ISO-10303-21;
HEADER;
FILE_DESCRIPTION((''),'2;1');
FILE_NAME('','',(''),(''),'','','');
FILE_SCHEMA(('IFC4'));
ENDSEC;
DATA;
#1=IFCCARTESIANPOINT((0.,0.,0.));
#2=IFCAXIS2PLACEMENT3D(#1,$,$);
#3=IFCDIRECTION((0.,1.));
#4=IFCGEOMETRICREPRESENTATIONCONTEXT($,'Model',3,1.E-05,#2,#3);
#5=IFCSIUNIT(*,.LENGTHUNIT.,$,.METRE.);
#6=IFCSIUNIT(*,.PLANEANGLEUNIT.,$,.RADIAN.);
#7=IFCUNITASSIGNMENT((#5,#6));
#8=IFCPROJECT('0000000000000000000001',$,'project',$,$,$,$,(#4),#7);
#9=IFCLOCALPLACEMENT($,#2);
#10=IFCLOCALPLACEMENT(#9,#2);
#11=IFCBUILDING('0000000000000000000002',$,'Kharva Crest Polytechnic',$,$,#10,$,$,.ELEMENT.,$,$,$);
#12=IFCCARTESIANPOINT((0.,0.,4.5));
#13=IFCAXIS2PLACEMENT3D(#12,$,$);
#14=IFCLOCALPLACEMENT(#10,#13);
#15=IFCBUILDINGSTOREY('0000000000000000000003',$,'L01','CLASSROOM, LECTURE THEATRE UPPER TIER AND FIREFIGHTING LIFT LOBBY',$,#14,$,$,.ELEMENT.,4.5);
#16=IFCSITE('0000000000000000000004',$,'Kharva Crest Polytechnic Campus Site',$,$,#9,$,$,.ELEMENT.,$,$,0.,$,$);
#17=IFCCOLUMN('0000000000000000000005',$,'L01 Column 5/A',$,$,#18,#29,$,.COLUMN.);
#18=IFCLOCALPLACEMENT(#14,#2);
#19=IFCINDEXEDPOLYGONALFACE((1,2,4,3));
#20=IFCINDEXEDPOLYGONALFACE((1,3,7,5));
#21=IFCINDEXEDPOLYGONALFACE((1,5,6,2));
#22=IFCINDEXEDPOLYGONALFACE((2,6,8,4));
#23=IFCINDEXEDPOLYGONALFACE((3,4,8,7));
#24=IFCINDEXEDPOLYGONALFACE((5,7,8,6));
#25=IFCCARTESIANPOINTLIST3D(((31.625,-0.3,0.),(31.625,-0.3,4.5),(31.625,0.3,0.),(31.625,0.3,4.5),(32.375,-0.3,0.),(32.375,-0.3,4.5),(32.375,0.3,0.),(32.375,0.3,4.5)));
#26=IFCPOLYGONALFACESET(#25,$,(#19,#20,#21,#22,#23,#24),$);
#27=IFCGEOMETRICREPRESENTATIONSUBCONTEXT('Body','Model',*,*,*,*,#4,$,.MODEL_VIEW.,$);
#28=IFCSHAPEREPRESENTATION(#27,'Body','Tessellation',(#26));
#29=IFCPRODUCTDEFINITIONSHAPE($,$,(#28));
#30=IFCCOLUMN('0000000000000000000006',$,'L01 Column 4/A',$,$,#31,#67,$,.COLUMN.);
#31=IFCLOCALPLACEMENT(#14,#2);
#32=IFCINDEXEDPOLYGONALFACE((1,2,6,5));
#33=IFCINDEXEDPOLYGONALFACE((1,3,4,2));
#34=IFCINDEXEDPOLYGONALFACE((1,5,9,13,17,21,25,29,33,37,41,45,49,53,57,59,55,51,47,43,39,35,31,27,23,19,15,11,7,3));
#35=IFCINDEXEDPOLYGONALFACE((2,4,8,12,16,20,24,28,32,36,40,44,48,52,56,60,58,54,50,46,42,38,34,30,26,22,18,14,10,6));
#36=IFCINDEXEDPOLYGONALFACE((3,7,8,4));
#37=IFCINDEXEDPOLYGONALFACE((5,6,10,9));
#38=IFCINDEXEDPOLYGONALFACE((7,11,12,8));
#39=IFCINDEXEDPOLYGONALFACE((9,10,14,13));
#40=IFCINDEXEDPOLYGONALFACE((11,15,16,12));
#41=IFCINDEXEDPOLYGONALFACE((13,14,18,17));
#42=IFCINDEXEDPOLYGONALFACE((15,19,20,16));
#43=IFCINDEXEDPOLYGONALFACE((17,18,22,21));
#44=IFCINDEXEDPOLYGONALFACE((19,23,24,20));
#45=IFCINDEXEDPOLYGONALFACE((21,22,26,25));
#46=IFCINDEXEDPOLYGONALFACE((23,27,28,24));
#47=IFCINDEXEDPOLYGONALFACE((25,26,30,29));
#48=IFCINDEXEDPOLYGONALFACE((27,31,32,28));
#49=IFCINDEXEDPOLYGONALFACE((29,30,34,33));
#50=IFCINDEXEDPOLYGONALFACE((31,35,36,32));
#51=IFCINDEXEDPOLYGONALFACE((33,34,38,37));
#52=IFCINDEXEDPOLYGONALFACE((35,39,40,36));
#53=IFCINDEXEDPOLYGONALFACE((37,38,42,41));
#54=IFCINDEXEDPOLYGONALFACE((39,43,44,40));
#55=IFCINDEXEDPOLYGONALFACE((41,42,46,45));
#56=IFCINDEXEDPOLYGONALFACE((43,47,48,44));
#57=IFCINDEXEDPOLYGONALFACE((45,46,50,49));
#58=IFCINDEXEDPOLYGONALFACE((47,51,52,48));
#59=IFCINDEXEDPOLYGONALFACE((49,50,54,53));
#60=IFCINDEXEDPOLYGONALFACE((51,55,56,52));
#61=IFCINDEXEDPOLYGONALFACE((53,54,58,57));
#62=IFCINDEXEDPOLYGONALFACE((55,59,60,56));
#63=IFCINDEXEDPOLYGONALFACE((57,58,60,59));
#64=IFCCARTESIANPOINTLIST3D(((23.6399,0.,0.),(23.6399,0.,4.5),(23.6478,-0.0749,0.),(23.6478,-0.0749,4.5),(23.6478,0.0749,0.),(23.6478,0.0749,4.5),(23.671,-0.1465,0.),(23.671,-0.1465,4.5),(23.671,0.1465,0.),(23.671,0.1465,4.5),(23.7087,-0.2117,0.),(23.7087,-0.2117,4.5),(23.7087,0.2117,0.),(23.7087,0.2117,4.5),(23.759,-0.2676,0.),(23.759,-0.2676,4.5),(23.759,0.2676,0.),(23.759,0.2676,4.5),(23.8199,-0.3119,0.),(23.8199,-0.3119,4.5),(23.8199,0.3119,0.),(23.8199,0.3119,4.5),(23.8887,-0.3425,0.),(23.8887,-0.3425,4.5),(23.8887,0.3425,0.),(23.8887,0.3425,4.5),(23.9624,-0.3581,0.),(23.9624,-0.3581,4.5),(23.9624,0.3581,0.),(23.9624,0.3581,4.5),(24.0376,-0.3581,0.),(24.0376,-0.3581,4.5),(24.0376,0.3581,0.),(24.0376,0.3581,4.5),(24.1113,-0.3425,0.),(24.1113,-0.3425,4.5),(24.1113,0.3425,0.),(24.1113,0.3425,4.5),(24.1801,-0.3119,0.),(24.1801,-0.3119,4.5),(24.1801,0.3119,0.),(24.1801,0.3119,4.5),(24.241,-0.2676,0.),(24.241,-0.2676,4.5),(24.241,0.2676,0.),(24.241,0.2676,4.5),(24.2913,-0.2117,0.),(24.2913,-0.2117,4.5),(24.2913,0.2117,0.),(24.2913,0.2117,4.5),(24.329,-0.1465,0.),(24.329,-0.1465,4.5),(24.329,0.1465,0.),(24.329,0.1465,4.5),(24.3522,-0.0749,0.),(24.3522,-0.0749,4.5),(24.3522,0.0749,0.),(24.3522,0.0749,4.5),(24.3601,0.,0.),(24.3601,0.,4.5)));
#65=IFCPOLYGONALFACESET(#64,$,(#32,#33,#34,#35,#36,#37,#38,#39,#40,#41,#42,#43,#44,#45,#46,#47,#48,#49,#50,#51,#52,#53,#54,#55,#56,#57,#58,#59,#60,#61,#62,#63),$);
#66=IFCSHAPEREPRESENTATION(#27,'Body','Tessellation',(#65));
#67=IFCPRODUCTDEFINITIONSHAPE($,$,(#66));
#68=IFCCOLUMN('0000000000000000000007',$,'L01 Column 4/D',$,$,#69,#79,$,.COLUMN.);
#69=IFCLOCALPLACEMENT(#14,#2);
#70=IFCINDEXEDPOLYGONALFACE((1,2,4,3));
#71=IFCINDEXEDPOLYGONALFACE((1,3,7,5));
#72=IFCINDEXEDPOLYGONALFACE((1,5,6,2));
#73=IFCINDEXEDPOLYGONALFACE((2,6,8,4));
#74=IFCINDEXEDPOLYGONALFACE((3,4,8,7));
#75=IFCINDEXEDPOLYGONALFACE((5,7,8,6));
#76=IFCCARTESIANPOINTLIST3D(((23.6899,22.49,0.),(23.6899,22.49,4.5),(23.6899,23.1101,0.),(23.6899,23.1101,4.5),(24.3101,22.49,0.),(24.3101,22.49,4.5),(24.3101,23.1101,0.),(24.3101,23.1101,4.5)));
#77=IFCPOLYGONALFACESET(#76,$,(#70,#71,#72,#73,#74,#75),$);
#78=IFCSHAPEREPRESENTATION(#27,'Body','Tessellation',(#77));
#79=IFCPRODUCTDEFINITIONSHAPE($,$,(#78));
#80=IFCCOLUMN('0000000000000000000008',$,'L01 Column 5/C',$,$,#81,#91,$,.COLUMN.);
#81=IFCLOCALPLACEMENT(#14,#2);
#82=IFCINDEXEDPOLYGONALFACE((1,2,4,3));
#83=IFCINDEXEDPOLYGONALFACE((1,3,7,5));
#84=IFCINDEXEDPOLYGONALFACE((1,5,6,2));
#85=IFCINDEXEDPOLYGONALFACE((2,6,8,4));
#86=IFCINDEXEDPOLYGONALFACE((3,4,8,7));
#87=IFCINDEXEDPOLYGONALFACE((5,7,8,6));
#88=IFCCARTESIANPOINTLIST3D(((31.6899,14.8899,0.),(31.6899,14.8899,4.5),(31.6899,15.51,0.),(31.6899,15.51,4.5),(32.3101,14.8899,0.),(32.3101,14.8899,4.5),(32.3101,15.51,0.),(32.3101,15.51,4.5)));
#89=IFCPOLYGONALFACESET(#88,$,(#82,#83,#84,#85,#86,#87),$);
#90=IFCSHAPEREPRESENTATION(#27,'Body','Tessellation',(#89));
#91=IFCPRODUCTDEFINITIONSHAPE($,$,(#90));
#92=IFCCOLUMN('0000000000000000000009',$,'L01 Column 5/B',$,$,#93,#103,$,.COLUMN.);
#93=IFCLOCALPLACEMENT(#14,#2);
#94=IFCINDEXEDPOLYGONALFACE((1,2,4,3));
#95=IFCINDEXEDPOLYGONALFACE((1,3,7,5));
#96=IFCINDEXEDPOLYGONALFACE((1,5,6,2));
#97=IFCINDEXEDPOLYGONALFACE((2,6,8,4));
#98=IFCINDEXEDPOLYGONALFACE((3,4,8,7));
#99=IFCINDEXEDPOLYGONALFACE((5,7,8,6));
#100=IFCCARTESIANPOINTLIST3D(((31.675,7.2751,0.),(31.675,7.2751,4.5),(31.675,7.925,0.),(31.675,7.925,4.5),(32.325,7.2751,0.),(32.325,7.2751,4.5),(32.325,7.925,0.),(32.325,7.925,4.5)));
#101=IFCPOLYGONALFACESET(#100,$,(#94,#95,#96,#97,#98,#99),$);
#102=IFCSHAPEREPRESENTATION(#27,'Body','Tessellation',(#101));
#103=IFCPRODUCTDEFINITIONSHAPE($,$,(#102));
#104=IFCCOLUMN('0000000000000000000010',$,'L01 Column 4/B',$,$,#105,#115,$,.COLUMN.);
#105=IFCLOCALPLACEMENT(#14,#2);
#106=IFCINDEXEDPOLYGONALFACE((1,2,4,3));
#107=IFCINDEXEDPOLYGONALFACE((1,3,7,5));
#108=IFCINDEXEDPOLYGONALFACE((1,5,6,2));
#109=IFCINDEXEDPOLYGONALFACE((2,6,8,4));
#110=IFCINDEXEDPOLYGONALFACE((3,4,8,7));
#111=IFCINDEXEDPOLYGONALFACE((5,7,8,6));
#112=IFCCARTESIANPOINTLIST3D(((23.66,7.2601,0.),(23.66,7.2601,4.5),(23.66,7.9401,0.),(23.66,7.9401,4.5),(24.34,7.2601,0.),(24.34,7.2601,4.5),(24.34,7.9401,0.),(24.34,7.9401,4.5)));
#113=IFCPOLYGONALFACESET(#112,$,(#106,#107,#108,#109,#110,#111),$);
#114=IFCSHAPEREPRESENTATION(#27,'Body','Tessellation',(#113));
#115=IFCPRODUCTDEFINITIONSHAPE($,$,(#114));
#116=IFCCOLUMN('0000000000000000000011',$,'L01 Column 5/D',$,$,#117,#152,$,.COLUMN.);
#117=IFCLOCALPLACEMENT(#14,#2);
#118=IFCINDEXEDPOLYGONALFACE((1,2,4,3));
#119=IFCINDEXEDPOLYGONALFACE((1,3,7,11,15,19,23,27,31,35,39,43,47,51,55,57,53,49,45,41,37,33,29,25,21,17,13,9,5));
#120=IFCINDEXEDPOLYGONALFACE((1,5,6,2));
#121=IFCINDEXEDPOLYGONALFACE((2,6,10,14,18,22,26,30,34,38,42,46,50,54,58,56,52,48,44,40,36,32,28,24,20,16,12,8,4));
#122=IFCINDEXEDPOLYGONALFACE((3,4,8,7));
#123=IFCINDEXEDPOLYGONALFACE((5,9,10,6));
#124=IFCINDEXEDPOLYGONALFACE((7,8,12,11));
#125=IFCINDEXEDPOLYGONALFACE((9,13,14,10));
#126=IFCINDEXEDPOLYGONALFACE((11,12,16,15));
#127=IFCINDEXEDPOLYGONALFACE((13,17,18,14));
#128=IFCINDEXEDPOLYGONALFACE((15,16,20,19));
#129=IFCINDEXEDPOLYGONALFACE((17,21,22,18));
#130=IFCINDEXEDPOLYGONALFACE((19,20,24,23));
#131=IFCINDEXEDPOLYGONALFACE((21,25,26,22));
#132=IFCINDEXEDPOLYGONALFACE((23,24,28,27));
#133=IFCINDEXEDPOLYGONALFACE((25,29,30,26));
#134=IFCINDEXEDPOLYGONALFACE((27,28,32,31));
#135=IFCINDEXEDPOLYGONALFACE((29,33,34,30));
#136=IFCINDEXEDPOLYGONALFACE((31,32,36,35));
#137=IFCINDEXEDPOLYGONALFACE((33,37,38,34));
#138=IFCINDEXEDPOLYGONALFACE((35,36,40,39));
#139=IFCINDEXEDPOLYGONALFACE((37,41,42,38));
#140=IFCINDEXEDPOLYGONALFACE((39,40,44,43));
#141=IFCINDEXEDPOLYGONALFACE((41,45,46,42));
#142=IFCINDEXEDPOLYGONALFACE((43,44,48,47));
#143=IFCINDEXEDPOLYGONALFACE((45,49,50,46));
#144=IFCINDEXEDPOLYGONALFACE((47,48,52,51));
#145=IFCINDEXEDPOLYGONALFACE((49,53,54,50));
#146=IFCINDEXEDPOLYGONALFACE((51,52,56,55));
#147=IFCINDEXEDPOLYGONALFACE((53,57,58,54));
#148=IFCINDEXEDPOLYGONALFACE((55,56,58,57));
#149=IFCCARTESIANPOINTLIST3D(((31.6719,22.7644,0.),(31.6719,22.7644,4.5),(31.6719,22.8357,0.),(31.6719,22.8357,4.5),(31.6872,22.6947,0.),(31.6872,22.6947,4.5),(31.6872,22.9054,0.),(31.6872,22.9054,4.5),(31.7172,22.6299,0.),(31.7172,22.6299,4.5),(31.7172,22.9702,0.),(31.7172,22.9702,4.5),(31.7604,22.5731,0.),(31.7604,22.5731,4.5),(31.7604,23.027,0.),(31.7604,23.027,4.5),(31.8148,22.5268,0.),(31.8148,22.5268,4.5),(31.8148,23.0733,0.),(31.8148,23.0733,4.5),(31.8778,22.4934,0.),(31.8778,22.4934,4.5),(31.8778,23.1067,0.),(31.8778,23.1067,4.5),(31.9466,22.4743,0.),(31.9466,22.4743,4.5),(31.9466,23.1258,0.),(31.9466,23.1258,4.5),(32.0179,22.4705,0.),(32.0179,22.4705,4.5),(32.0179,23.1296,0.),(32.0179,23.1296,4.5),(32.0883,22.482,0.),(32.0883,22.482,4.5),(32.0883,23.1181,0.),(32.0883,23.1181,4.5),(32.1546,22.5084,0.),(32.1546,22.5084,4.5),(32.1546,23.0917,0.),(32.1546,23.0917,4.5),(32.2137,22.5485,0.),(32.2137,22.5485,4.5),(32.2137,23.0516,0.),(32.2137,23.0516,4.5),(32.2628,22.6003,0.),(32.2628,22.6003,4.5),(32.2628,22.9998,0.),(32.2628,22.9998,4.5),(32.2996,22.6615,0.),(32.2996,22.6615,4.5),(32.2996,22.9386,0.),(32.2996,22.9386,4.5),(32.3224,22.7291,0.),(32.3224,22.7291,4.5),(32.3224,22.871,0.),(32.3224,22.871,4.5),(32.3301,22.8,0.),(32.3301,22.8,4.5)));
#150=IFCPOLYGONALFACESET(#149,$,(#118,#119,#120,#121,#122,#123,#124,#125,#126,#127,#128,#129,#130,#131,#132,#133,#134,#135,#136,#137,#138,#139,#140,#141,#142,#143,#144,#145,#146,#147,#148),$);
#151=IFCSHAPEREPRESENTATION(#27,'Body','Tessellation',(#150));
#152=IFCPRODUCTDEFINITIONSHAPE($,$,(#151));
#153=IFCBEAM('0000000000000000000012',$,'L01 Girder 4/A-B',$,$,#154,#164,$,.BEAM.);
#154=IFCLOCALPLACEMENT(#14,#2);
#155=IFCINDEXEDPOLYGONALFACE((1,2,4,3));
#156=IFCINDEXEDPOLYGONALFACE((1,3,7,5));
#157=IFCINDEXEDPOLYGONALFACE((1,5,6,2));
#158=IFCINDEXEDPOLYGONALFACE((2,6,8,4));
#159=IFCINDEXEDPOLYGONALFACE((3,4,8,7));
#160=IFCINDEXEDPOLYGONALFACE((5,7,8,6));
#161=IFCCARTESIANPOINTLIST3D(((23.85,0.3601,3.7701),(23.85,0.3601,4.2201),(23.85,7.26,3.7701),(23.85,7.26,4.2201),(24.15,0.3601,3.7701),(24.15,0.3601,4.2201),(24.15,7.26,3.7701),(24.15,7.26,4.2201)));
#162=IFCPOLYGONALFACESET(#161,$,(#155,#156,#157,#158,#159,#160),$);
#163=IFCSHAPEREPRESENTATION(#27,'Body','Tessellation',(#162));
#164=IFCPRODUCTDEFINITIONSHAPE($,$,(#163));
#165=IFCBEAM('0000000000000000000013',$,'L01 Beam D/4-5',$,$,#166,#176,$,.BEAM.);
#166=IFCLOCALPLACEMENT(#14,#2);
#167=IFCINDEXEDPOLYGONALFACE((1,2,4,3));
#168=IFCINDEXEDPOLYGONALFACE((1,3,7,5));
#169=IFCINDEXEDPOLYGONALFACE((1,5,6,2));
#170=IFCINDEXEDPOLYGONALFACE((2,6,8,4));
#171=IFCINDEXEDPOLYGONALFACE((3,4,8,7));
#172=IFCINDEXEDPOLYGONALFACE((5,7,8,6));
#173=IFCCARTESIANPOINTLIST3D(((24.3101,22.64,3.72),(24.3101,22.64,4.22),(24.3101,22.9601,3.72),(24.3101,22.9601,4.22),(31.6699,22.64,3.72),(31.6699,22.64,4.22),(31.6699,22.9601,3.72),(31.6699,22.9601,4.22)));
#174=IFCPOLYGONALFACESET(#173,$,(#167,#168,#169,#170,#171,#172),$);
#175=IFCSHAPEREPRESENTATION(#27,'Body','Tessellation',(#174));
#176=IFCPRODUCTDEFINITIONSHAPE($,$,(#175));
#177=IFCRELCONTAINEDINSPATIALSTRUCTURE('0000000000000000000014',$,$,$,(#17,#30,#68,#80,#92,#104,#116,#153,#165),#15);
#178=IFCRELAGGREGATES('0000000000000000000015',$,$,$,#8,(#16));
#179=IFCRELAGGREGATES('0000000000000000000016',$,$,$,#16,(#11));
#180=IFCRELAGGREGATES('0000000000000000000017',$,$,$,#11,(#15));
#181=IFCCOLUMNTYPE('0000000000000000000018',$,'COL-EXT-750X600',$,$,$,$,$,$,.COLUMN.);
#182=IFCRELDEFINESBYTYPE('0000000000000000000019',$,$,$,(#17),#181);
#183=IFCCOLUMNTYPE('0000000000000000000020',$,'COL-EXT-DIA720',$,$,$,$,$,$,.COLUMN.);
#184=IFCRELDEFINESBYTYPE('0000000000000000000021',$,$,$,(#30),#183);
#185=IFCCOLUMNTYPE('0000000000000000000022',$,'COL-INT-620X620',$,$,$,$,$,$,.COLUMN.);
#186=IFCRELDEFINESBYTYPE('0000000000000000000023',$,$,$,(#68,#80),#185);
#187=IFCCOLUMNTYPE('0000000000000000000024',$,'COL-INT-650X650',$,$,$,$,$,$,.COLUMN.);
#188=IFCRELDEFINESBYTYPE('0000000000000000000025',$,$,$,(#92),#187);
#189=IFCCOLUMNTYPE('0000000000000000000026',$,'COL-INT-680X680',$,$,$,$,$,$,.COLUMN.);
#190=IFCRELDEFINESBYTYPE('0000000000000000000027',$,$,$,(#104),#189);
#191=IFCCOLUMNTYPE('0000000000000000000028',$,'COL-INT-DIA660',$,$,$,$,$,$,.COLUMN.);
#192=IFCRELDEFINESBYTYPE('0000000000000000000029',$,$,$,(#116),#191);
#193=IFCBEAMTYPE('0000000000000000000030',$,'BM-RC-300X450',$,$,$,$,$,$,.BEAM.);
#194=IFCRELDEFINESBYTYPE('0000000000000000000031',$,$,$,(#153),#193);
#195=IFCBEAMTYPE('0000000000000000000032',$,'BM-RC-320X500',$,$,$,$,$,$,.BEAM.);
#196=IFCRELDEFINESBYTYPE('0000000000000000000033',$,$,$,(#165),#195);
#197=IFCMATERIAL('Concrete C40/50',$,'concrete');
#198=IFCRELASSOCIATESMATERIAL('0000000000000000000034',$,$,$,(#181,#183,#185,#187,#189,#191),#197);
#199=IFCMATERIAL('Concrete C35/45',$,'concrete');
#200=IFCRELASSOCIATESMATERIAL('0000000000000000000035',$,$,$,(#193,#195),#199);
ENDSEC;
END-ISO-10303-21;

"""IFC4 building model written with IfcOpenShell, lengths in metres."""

from ifc_helpers import new_model, si_unit, direction, frame, origin, origin_2d, place, context, subcontext, project, spatial, rectangle, circle, extrude, material, material_profile, profile_set, type_object, element, save


model = new_model("IFC4")

# Units and contexts
model_context = context("Model", 3, precision=1e-05, world=origin(), true_north=direction((0.0, 1.0)))
body_context = subcontext(model_context, "Body", "Model", "MODEL_VIEW")
ifc_project = project(units=[si_unit("LENGTHUNIT", "METRE"), si_unit("PLANEANGLEUNIT", "RADIAN")], contexts=[model_context])

# Site, building, storey
site_placement = place(None, origin())
site = spatial("IfcSite", under=ifc_project, at=site_placement, Name="Kharva Crest Polytechnic Campus Site", CompositionType="ELEMENT", RefElevation=0.0)
building_placement = place(site_placement, origin())
building = spatial("IfcBuilding", under=site, at=building_placement, Name="Kharva Crest Polytechnic", CompositionType="ELEMENT")
storey_placement = place(building_placement, frame((0.0, 0.0, 4.5)))
storey = spatial("IfcBuildingStorey", under=building, at=storey_placement, Name="L01", Description="CLASSROOM, LECTURE THEATRE UPPER TIER AND FIREFIGHTING LIFT LOBBY", CompositionType="ELEMENT", Elevation=4.5)

# Columns
ifc_material_1 = material(Name="Concrete C40/50", Category="concrete")
ifc_material_profile_1 = material_profile(ifc_material_1, rectangle(XDim=0.75, YDim=0.6001, at=origin_2d()), Name="RECT 750 X 600")
ifc_profile_set_1 = profile_set([ifc_material_profile_1], Name="Concrete C40/50")
column_type_1 = type_object("IfcColumnType", Name="COL-EXT-750X600", PredefinedType="COLUMN", material=ifc_profile_set_1)
column_1_placement = place(storey_placement, frame((32.0, 0.0, 0.0), z_axis=(0.0, 0.0, 1.0), x_axis=(1.0, 0.0, 0.0)))
element("IfcColumn", 1, at=column_1_placement, inside=storey, type_object=column_type_1, Name="L01 Column 5/A", PredefinedType="COLUMN", context=body_context, shape_type="SweptSolid", body=[
    extrude(rectangle(XDim=0.75, YDim=0.6001, at=origin_2d()), origin(), (0.0, 0.0, 1.0), 4.5),
])
ifc_material_profile_2 = material_profile(ifc_material_1, circle(Radius=0.3601, at=origin_2d()), Name="DIA 720")
ifc_profile_set_2 = profile_set([ifc_material_profile_2], Name="Concrete C40/50")
column_type_2 = type_object("IfcColumnType", Name="COL-EXT-DIA720", PredefinedType="COLUMN", material=ifc_profile_set_2)
column_2_placement = place(storey_placement, frame((24.0, 0.0, 0.0), z_axis=(0.0, 0.0, 1.0), x_axis=(1.0, 0.0, 0.0)))
element("IfcColumn", 2, at=column_2_placement, inside=storey, type_object=column_type_2, Name="L01 Column 4/A", PredefinedType="COLUMN", context=body_context, shape_type="SweptSolid", body=[
    extrude(circle(Radius=0.3601, at=origin_2d()), origin(), (0.0, 0.0, 1.0), 4.5),
])
ifc_material_profile_3 = material_profile(ifc_material_1, rectangle(XDim=0.6201, YDim=0.6201, at=origin_2d()), Name="RECT 620 X 620")
ifc_profile_set_3 = profile_set([ifc_material_profile_3], Name="Concrete C40/50")
column_type_3 = type_object("IfcColumnType", Name="COL-INT-620X620", PredefinedType="COLUMN", material=ifc_profile_set_3)
for number, where, z_axis, x_axis, name in (
    (3, (24.0, 22.8, 0.0), (0.0, 0.0, 1.0), (1.0, 0.0, 0.0), "L01 Column 4/D"),
    (4, (32.0, 15.2, 0.0), (0.0, 0.0, 1.0), (1.0, 0.0, 0.0), "L01 Column 5/C"),
):
    element("IfcColumn", number, at=place(storey_placement, frame(where, z_axis=z_axis, x_axis=x_axis)), inside=storey, type_object=column_type_3, Name=name, PredefinedType="COLUMN", context=body_context, shape_type="SweptSolid", body=[
        extrude(rectangle(XDim=0.6201, YDim=0.6201, at=origin_2d()), origin(), (0.0, 0.0, 1.0), 4.5),
    ])
ifc_material_profile_4 = material_profile(ifc_material_1, rectangle(XDim=0.6499, YDim=0.6499, at=origin_2d()), Name="RECT 650 X 650")
ifc_profile_set_4 = profile_set([ifc_material_profile_4], Name="Concrete C40/50")
column_type_4 = type_object("IfcColumnType", Name="COL-INT-650X650", PredefinedType="COLUMN", material=ifc_profile_set_4)
column_3_placement = place(storey_placement, frame((32.0, 7.6001, 0.0), z_axis=(0.0, 0.0, 1.0), x_axis=(1.0, 0.0, 0.0)))
element("IfcColumn", 5, at=column_3_placement, inside=storey, type_object=column_type_4, Name="L01 Column 5/B", PredefinedType="COLUMN", context=body_context, shape_type="SweptSolid", body=[
    extrude(rectangle(XDim=0.6499, YDim=0.6499, at=origin_2d()), origin(), (0.0, 0.0, 1.0), 4.5),
])
ifc_material_profile_5 = material_profile(ifc_material_1, rectangle(XDim=0.6799, YDim=0.6799, at=origin_2d()), Name="RECT 680 X 680")
ifc_profile_set_5 = profile_set([ifc_material_profile_5], Name="Concrete C40/50")
column_type_5 = type_object("IfcColumnType", Name="COL-INT-680X680", PredefinedType="COLUMN", material=ifc_profile_set_5)
column_4_placement = place(storey_placement, frame((24.0, 7.6001, 0.0), z_axis=(0.0, 0.0, 1.0), x_axis=(1.0, 0.0, 0.0)))
element("IfcColumn", 6, at=column_4_placement, inside=storey, type_object=column_type_5, Name="L01 Column 4/B", PredefinedType="COLUMN", context=body_context, shape_type="SweptSolid", body=[
    extrude(rectangle(XDim=0.6799, YDim=0.6799, at=origin_2d()), origin(), (0.0, 0.0, 1.0), 4.5),
])
ifc_material_profile_6 = material_profile(ifc_material_1, circle(Radius=0.3301, at=origin_2d()), Name="DIA 660")
ifc_profile_set_6 = profile_set([ifc_material_profile_6], Name="Concrete C40/50")
column_type_6 = type_object("IfcColumnType", Name="COL-INT-DIA660", PredefinedType="COLUMN", material=ifc_profile_set_6)
column_5_placement = place(storey_placement, frame((32.0, 22.8, 0.0), z_axis=(0.0, 0.0, 1.0), x_axis=(1.0, 0.0, 0.0)))
element("IfcColumn", 7, at=column_5_placement, inside=storey, type_object=column_type_6, Name="L01 Column 5/D", PredefinedType="COLUMN", context=body_context, shape_type="SweptSolid", body=[
    extrude(circle(Radius=0.3301, at=origin_2d()), origin(), (0.0, 0.0, 1.0), 4.5),
])

# Beams
ifc_material_2 = material(Name="Concrete C35/45", Category="concrete")
ifc_material_profile_7 = material_profile(ifc_material_2, rectangle(XDim=0.3, YDim=0.45, at=origin_2d()), Name="RECT 300 X 450")
ifc_profile_set_7 = profile_set([ifc_material_profile_7], Name="Concrete C35/45")
beam_type_1 = type_object("IfcBeamType", Name="BM-RC-300X450", PredefinedType="BEAM", material=ifc_profile_set_7)
beam_1_placement = place(storey_placement, frame((24.0, 0.3601, 3.9951), z_axis=(0.0, 1.0, 0.0), x_axis=(-1.0, 0.0, 0.0)))
element("IfcBeam", 8, at=beam_1_placement, inside=storey, type_object=beam_type_1, Name="L01 Girder 4/A-B", PredefinedType="BEAM", context=body_context, shape_type="SweptSolid", body=[
    extrude(rectangle(XDim=0.3, YDim=0.45, at=origin_2d()), origin(), (0.0, 0.0, 1.0), 6.8999),
])
ifc_material_profile_8 = material_profile(ifc_material_2, rectangle(XDim=0.3201, YDim=0.5, at=origin_2d()), Name="RECT 320 X 500")
ifc_profile_set_8 = profile_set([ifc_material_profile_8], Name="Concrete C35/45")
beam_type_2 = type_object("IfcBeamType", Name="BM-RC-320X500", PredefinedType="BEAM", material=ifc_profile_set_8)
beam_2_placement = place(storey_placement, frame((24.3101, 22.8, 3.97), z_axis=(1.0, 0.0, 0.0), x_axis=(0.0, 1.0, 0.0)))
element("IfcBeam", 9, at=beam_2_placement, inside=storey, type_object=beam_type_2, Name="L01 Beam D/4-5", PredefinedType="BEAM", context=body_context, shape_type="SweptSolid", body=[
    extrude(rectangle(XDim=0.3201, YDim=0.5, at=origin_2d()), origin(), (0.0, 0.0, 1.0), 7.3599),
])

save(model, "model.ifc")
